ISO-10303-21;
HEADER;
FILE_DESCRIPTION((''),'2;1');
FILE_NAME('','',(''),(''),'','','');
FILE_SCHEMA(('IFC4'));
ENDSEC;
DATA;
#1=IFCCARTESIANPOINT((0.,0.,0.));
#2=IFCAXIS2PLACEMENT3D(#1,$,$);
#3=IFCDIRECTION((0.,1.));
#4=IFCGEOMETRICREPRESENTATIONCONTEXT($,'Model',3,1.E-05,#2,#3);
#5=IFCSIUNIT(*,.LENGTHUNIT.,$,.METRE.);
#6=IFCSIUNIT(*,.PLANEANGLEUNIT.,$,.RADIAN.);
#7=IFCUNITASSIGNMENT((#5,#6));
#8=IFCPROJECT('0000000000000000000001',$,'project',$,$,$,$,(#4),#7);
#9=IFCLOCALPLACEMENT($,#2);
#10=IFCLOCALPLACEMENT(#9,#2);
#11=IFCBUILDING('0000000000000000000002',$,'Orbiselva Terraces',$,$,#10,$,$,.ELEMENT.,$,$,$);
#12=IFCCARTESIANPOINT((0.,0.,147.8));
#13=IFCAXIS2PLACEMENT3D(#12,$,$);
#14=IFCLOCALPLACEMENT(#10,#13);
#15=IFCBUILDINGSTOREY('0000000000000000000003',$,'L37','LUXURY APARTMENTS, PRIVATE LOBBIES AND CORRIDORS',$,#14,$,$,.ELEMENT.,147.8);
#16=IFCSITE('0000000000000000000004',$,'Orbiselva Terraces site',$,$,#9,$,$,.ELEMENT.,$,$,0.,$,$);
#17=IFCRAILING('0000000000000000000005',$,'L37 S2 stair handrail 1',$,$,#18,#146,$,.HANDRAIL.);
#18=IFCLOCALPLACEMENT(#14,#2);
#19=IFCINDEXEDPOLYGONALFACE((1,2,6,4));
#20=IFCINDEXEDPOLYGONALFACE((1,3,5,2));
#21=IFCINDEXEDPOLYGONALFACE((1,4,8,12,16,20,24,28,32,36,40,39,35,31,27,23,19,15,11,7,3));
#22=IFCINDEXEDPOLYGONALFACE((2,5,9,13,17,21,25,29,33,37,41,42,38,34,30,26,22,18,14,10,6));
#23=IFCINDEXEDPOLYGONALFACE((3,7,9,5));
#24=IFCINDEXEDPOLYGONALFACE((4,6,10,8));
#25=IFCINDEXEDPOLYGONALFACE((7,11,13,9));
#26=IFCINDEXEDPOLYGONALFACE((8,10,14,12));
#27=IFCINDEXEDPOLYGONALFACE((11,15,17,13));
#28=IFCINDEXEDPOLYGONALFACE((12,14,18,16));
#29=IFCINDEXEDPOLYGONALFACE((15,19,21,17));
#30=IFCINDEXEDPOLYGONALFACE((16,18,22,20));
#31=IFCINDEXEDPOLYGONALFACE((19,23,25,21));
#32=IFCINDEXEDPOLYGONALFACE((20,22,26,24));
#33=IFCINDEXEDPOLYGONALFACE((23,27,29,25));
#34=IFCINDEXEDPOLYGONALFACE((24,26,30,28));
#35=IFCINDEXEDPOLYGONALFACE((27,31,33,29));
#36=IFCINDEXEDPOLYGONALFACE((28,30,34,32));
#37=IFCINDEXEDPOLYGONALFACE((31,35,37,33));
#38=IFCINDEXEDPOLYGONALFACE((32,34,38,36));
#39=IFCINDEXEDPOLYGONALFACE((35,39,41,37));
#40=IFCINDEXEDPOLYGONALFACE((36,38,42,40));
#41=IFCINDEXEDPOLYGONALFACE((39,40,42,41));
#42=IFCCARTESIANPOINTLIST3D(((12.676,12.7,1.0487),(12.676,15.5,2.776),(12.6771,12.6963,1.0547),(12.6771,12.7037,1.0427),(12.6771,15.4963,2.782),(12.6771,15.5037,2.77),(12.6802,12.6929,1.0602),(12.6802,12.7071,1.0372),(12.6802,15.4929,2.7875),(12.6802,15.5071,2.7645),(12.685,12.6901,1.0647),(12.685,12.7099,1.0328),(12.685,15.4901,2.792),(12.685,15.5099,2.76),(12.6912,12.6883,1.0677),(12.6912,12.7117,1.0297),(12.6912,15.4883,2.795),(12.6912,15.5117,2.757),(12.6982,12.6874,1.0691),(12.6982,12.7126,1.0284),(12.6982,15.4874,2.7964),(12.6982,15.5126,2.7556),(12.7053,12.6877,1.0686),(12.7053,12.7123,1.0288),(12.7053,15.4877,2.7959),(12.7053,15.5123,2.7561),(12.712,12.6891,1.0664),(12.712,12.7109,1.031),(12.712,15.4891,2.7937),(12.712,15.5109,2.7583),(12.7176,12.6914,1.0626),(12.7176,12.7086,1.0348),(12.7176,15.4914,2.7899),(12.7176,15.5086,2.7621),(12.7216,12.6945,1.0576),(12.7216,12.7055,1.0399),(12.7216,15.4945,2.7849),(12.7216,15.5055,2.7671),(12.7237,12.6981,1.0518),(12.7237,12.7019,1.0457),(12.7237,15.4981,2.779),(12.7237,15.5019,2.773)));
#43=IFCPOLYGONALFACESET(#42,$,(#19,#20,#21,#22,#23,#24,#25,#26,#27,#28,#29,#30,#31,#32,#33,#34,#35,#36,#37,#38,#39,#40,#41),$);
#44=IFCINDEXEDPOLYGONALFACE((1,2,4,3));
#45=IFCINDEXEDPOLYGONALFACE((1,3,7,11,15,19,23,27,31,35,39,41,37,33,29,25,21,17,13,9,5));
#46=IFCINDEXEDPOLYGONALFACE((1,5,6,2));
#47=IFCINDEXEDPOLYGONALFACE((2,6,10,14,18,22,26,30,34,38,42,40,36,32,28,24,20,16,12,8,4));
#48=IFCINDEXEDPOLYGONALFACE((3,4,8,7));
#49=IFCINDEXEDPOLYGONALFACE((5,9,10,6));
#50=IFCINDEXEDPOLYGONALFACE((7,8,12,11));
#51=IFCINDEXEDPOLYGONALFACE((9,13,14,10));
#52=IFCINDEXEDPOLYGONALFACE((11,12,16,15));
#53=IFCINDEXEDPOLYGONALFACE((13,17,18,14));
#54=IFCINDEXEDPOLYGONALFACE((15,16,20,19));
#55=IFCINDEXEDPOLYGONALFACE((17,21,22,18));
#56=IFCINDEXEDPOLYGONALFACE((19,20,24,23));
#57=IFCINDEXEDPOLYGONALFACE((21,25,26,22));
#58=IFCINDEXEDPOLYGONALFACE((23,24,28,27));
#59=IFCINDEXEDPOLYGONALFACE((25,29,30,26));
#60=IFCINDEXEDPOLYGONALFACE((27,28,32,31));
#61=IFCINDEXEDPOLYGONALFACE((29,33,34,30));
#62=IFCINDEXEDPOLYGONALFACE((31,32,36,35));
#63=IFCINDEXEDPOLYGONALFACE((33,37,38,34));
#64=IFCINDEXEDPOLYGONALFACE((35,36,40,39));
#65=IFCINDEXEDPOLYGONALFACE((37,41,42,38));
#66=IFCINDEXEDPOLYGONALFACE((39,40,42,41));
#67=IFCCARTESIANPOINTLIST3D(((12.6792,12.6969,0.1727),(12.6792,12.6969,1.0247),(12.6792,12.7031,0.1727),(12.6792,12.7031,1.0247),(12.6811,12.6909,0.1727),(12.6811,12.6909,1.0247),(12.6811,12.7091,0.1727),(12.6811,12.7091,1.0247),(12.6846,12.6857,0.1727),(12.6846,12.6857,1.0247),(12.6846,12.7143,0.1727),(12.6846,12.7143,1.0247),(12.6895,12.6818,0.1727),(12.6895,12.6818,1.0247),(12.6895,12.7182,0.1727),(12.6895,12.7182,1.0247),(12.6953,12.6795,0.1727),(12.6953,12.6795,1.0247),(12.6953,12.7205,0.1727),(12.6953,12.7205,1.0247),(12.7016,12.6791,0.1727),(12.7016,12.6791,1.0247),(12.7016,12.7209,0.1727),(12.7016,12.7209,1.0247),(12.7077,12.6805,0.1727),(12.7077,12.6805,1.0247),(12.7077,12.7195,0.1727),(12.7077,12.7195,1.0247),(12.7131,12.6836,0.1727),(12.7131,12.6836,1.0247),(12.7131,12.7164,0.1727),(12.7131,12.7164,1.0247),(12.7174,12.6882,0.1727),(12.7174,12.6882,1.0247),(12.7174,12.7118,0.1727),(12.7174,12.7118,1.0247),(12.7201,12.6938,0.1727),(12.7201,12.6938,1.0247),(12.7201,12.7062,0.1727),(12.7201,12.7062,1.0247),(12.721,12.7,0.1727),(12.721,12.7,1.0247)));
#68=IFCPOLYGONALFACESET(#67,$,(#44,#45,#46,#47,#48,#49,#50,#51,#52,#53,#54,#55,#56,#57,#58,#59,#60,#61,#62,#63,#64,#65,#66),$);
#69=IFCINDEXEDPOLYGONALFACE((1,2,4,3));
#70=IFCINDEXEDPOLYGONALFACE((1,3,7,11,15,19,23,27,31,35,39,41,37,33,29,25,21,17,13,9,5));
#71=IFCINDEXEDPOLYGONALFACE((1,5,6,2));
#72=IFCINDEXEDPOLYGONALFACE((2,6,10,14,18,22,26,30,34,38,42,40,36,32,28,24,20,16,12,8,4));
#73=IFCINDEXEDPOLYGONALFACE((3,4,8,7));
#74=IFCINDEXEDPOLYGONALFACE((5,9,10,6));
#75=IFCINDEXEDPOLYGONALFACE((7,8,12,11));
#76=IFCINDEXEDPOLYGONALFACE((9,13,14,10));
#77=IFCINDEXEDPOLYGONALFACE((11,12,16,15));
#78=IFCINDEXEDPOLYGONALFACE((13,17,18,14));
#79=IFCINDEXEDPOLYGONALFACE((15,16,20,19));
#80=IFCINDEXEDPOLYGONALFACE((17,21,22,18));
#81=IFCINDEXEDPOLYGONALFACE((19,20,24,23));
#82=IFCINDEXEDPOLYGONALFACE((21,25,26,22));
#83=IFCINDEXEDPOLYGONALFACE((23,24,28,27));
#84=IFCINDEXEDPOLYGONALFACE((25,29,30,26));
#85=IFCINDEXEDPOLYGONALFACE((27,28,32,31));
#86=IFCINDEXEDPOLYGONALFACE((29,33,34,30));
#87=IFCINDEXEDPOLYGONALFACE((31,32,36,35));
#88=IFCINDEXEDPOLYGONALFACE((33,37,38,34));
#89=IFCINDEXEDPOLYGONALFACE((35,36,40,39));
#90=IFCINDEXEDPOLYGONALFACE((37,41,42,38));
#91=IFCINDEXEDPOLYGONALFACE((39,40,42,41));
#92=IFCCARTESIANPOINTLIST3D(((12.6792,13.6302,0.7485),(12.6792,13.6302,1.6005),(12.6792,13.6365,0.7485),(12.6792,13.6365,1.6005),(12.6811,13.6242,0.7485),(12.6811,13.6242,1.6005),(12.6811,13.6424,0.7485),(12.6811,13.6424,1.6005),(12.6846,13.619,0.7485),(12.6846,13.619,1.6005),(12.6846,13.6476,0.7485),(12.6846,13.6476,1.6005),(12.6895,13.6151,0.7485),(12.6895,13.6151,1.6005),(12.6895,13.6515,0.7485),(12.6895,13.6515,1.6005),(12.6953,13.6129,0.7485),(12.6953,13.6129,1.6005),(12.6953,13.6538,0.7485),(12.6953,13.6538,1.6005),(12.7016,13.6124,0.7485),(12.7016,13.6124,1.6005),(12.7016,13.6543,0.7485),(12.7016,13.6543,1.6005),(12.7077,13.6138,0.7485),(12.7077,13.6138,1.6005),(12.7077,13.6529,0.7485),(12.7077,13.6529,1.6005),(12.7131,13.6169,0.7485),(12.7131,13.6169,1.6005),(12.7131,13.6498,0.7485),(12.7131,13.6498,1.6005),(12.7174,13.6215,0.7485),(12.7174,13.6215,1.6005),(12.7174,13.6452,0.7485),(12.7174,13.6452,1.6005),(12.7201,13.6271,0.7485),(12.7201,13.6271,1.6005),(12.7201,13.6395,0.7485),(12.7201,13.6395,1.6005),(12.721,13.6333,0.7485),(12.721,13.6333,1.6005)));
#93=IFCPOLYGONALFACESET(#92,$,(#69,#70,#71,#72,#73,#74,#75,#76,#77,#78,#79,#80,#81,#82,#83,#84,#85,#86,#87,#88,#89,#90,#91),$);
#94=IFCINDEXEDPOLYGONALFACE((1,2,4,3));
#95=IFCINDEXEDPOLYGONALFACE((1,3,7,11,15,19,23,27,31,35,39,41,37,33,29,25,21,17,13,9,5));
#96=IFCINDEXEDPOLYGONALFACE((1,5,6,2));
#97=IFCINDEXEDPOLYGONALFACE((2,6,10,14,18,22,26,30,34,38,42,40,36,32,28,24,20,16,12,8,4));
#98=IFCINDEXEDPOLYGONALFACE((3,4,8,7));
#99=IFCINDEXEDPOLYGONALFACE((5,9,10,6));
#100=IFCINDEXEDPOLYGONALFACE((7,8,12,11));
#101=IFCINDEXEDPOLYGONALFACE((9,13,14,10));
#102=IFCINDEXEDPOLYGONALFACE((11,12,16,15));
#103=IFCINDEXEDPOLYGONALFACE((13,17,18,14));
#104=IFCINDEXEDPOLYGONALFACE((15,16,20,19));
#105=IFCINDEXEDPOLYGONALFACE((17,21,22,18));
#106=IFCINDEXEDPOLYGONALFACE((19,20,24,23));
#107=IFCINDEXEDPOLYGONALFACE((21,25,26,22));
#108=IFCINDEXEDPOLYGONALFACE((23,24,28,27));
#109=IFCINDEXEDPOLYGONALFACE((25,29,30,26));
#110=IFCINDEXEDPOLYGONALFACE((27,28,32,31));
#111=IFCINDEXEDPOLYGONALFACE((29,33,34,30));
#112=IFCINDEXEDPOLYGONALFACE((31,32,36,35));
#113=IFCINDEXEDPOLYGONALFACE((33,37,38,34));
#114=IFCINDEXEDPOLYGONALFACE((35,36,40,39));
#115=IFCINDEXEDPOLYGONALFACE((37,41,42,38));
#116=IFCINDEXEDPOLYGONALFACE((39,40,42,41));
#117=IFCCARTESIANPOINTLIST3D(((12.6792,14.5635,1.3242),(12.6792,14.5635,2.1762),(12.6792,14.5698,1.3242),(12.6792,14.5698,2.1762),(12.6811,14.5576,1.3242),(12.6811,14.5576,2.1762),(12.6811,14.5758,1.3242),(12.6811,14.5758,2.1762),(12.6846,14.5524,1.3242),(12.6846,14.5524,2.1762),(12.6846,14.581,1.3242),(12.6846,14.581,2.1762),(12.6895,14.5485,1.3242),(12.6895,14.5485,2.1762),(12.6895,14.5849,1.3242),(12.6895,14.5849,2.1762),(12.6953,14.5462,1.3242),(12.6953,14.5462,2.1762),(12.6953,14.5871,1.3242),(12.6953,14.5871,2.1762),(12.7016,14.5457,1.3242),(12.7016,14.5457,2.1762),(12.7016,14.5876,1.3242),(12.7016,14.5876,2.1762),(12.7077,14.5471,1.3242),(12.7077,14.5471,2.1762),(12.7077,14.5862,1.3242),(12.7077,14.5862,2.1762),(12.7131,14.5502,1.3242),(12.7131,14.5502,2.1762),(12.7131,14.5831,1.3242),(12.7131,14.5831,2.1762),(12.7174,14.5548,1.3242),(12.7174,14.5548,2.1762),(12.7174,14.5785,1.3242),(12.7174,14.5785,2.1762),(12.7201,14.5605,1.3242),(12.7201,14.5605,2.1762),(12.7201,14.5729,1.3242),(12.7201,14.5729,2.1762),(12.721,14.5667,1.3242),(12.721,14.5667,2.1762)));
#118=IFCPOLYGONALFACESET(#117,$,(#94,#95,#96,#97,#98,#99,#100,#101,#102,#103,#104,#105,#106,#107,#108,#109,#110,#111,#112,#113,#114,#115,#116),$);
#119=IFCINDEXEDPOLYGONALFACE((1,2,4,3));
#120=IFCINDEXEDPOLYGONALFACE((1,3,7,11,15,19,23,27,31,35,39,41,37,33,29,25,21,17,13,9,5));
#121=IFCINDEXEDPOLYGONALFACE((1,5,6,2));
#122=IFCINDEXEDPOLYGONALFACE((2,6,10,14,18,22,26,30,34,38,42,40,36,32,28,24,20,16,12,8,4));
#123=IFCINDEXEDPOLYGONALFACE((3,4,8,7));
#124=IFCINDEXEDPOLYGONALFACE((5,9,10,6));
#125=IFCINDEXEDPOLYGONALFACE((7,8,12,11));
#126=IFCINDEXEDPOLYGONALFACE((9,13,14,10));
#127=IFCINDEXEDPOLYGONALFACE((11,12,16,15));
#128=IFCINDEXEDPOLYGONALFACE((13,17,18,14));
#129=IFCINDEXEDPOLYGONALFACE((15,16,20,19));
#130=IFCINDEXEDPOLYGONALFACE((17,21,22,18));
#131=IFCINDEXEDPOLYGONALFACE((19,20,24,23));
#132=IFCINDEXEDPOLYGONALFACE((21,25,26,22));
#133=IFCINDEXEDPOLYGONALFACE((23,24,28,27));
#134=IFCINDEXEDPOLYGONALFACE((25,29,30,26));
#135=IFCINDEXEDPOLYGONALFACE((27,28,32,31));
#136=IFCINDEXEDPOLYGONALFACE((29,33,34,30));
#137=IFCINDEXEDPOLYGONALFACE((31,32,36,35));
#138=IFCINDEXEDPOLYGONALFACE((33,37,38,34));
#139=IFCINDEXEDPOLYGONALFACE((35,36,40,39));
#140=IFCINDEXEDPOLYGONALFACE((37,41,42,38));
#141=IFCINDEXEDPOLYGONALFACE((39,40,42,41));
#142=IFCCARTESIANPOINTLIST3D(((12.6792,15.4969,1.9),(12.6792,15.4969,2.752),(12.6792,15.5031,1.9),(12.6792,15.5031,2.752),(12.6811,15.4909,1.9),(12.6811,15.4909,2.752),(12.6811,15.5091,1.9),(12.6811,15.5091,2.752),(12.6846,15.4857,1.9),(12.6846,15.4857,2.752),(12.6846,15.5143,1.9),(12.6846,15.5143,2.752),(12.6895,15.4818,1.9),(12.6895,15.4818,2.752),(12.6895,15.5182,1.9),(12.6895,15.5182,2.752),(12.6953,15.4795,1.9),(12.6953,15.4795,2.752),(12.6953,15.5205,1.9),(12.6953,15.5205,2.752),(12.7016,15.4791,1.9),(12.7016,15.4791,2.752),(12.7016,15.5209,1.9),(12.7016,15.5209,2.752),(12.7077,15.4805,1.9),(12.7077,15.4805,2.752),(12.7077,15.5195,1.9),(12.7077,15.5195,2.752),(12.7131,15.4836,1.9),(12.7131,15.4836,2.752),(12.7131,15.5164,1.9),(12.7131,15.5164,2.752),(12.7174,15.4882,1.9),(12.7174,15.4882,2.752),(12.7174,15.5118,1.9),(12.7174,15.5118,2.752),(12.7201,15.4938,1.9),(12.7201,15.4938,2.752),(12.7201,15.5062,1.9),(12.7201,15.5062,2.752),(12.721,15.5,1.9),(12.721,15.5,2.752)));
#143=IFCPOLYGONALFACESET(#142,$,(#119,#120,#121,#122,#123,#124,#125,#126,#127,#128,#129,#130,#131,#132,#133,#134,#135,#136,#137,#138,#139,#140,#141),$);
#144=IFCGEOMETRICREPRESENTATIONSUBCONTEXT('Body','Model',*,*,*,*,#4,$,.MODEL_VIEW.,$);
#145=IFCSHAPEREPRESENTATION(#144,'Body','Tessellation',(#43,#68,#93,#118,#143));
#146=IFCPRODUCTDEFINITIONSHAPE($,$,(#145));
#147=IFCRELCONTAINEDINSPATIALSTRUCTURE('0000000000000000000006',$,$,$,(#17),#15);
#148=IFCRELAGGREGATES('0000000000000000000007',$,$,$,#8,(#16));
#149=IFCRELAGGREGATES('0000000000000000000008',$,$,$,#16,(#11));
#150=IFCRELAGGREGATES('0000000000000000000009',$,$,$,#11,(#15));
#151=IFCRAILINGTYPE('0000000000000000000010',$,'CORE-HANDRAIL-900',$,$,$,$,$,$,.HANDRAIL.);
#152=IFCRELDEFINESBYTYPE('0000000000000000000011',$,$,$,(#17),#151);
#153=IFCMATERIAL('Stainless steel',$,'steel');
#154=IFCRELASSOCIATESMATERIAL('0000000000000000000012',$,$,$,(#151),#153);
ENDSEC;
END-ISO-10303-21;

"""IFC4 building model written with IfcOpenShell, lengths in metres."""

from ifc_helpers import new_model, si_unit, direction, frame, origin, origin_2d, place, context, subcontext, project, spatial, circle, extrude, material, type_object, element, save


model = new_model("IFC4")

# Units and contexts
model_context = context("Model", 3, precision=1e-05, world=origin(), true_north=direction((0.0, 1.0)))
body_context = subcontext(model_context, "Body", "Model", "MODEL_VIEW")
ifc_project = project(units=[si_unit("LENGTHUNIT", "METRE"), si_unit("PLANEANGLEUNIT", "RADIAN")], contexts=[model_context])

# Site, building, storey
site_placement = place(None, origin())
site = spatial("IfcSite", under=ifc_project, at=site_placement, Name="Orbiselva Terraces site", CompositionType="ELEMENT", RefElevation=0.0)
building_placement = place(site_placement, origin())
building = spatial("IfcBuilding", under=site, at=building_placement, Name="Orbiselva Terraces", CompositionType="ELEMENT")
storey_placement = place(building_placement, frame((0.0, 0.0, 147.8)))
storey = spatial("IfcBuildingStorey", under=building, at=storey_placement, Name="L37", Description="LUXURY APARTMENTS, PRIVATE LOBBIES AND CORRIDORS", CompositionType="ELEMENT", Elevation=147.8)

# Railing
ifc_material_1 = material(Name="Stainless steel", Category="steel")
railing_type = type_object("IfcRailingType", Name="CORE-HANDRAIL-900", PredefinedType="HANDRAIL", material=ifc_material_1)
railing_placement = place(storey_placement, frame((12.7, 12.7, 0.1727)))
element("IfcRailing", 1, at=railing_placement, inside=storey, type_object=railing_type, Name="L37 S2 stair handrail 1", PredefinedType="HANDRAIL", context=body_context, shape_type="SweptSolid", body=[
    extrude(circle(Radius=0.024, at=origin_2d()), frame((0.0, 0.0, 0.876), z_axis=(0.0, 0.851089, 0.525022), x_axis=(-1.0, 0.0, 0.0)), (0.0, 0.0, 1.0), 3.2899),
    extrude(circle(Radius=0.021, at=origin_2d()), origin(), (0.0, 0.0, 1.0), 0.852),
    extrude(circle(Radius=0.021, at=origin_2d()), frame((0.0, 0.9333, 0.5758)), (0.0, 0.0, 1.0), 0.852),
    extrude(circle(Radius=0.021, at=origin_2d()), frame((0.0, 1.8667, 1.1515)), (0.0, 0.0, 1.0), 0.852),
    extrude(circle(Radius=0.021, at=origin_2d()), frame((0.0, 2.8, 1.7273)), (0.0, 0.0, 1.0), 0.852),
])

save(model, "model.ifc")
